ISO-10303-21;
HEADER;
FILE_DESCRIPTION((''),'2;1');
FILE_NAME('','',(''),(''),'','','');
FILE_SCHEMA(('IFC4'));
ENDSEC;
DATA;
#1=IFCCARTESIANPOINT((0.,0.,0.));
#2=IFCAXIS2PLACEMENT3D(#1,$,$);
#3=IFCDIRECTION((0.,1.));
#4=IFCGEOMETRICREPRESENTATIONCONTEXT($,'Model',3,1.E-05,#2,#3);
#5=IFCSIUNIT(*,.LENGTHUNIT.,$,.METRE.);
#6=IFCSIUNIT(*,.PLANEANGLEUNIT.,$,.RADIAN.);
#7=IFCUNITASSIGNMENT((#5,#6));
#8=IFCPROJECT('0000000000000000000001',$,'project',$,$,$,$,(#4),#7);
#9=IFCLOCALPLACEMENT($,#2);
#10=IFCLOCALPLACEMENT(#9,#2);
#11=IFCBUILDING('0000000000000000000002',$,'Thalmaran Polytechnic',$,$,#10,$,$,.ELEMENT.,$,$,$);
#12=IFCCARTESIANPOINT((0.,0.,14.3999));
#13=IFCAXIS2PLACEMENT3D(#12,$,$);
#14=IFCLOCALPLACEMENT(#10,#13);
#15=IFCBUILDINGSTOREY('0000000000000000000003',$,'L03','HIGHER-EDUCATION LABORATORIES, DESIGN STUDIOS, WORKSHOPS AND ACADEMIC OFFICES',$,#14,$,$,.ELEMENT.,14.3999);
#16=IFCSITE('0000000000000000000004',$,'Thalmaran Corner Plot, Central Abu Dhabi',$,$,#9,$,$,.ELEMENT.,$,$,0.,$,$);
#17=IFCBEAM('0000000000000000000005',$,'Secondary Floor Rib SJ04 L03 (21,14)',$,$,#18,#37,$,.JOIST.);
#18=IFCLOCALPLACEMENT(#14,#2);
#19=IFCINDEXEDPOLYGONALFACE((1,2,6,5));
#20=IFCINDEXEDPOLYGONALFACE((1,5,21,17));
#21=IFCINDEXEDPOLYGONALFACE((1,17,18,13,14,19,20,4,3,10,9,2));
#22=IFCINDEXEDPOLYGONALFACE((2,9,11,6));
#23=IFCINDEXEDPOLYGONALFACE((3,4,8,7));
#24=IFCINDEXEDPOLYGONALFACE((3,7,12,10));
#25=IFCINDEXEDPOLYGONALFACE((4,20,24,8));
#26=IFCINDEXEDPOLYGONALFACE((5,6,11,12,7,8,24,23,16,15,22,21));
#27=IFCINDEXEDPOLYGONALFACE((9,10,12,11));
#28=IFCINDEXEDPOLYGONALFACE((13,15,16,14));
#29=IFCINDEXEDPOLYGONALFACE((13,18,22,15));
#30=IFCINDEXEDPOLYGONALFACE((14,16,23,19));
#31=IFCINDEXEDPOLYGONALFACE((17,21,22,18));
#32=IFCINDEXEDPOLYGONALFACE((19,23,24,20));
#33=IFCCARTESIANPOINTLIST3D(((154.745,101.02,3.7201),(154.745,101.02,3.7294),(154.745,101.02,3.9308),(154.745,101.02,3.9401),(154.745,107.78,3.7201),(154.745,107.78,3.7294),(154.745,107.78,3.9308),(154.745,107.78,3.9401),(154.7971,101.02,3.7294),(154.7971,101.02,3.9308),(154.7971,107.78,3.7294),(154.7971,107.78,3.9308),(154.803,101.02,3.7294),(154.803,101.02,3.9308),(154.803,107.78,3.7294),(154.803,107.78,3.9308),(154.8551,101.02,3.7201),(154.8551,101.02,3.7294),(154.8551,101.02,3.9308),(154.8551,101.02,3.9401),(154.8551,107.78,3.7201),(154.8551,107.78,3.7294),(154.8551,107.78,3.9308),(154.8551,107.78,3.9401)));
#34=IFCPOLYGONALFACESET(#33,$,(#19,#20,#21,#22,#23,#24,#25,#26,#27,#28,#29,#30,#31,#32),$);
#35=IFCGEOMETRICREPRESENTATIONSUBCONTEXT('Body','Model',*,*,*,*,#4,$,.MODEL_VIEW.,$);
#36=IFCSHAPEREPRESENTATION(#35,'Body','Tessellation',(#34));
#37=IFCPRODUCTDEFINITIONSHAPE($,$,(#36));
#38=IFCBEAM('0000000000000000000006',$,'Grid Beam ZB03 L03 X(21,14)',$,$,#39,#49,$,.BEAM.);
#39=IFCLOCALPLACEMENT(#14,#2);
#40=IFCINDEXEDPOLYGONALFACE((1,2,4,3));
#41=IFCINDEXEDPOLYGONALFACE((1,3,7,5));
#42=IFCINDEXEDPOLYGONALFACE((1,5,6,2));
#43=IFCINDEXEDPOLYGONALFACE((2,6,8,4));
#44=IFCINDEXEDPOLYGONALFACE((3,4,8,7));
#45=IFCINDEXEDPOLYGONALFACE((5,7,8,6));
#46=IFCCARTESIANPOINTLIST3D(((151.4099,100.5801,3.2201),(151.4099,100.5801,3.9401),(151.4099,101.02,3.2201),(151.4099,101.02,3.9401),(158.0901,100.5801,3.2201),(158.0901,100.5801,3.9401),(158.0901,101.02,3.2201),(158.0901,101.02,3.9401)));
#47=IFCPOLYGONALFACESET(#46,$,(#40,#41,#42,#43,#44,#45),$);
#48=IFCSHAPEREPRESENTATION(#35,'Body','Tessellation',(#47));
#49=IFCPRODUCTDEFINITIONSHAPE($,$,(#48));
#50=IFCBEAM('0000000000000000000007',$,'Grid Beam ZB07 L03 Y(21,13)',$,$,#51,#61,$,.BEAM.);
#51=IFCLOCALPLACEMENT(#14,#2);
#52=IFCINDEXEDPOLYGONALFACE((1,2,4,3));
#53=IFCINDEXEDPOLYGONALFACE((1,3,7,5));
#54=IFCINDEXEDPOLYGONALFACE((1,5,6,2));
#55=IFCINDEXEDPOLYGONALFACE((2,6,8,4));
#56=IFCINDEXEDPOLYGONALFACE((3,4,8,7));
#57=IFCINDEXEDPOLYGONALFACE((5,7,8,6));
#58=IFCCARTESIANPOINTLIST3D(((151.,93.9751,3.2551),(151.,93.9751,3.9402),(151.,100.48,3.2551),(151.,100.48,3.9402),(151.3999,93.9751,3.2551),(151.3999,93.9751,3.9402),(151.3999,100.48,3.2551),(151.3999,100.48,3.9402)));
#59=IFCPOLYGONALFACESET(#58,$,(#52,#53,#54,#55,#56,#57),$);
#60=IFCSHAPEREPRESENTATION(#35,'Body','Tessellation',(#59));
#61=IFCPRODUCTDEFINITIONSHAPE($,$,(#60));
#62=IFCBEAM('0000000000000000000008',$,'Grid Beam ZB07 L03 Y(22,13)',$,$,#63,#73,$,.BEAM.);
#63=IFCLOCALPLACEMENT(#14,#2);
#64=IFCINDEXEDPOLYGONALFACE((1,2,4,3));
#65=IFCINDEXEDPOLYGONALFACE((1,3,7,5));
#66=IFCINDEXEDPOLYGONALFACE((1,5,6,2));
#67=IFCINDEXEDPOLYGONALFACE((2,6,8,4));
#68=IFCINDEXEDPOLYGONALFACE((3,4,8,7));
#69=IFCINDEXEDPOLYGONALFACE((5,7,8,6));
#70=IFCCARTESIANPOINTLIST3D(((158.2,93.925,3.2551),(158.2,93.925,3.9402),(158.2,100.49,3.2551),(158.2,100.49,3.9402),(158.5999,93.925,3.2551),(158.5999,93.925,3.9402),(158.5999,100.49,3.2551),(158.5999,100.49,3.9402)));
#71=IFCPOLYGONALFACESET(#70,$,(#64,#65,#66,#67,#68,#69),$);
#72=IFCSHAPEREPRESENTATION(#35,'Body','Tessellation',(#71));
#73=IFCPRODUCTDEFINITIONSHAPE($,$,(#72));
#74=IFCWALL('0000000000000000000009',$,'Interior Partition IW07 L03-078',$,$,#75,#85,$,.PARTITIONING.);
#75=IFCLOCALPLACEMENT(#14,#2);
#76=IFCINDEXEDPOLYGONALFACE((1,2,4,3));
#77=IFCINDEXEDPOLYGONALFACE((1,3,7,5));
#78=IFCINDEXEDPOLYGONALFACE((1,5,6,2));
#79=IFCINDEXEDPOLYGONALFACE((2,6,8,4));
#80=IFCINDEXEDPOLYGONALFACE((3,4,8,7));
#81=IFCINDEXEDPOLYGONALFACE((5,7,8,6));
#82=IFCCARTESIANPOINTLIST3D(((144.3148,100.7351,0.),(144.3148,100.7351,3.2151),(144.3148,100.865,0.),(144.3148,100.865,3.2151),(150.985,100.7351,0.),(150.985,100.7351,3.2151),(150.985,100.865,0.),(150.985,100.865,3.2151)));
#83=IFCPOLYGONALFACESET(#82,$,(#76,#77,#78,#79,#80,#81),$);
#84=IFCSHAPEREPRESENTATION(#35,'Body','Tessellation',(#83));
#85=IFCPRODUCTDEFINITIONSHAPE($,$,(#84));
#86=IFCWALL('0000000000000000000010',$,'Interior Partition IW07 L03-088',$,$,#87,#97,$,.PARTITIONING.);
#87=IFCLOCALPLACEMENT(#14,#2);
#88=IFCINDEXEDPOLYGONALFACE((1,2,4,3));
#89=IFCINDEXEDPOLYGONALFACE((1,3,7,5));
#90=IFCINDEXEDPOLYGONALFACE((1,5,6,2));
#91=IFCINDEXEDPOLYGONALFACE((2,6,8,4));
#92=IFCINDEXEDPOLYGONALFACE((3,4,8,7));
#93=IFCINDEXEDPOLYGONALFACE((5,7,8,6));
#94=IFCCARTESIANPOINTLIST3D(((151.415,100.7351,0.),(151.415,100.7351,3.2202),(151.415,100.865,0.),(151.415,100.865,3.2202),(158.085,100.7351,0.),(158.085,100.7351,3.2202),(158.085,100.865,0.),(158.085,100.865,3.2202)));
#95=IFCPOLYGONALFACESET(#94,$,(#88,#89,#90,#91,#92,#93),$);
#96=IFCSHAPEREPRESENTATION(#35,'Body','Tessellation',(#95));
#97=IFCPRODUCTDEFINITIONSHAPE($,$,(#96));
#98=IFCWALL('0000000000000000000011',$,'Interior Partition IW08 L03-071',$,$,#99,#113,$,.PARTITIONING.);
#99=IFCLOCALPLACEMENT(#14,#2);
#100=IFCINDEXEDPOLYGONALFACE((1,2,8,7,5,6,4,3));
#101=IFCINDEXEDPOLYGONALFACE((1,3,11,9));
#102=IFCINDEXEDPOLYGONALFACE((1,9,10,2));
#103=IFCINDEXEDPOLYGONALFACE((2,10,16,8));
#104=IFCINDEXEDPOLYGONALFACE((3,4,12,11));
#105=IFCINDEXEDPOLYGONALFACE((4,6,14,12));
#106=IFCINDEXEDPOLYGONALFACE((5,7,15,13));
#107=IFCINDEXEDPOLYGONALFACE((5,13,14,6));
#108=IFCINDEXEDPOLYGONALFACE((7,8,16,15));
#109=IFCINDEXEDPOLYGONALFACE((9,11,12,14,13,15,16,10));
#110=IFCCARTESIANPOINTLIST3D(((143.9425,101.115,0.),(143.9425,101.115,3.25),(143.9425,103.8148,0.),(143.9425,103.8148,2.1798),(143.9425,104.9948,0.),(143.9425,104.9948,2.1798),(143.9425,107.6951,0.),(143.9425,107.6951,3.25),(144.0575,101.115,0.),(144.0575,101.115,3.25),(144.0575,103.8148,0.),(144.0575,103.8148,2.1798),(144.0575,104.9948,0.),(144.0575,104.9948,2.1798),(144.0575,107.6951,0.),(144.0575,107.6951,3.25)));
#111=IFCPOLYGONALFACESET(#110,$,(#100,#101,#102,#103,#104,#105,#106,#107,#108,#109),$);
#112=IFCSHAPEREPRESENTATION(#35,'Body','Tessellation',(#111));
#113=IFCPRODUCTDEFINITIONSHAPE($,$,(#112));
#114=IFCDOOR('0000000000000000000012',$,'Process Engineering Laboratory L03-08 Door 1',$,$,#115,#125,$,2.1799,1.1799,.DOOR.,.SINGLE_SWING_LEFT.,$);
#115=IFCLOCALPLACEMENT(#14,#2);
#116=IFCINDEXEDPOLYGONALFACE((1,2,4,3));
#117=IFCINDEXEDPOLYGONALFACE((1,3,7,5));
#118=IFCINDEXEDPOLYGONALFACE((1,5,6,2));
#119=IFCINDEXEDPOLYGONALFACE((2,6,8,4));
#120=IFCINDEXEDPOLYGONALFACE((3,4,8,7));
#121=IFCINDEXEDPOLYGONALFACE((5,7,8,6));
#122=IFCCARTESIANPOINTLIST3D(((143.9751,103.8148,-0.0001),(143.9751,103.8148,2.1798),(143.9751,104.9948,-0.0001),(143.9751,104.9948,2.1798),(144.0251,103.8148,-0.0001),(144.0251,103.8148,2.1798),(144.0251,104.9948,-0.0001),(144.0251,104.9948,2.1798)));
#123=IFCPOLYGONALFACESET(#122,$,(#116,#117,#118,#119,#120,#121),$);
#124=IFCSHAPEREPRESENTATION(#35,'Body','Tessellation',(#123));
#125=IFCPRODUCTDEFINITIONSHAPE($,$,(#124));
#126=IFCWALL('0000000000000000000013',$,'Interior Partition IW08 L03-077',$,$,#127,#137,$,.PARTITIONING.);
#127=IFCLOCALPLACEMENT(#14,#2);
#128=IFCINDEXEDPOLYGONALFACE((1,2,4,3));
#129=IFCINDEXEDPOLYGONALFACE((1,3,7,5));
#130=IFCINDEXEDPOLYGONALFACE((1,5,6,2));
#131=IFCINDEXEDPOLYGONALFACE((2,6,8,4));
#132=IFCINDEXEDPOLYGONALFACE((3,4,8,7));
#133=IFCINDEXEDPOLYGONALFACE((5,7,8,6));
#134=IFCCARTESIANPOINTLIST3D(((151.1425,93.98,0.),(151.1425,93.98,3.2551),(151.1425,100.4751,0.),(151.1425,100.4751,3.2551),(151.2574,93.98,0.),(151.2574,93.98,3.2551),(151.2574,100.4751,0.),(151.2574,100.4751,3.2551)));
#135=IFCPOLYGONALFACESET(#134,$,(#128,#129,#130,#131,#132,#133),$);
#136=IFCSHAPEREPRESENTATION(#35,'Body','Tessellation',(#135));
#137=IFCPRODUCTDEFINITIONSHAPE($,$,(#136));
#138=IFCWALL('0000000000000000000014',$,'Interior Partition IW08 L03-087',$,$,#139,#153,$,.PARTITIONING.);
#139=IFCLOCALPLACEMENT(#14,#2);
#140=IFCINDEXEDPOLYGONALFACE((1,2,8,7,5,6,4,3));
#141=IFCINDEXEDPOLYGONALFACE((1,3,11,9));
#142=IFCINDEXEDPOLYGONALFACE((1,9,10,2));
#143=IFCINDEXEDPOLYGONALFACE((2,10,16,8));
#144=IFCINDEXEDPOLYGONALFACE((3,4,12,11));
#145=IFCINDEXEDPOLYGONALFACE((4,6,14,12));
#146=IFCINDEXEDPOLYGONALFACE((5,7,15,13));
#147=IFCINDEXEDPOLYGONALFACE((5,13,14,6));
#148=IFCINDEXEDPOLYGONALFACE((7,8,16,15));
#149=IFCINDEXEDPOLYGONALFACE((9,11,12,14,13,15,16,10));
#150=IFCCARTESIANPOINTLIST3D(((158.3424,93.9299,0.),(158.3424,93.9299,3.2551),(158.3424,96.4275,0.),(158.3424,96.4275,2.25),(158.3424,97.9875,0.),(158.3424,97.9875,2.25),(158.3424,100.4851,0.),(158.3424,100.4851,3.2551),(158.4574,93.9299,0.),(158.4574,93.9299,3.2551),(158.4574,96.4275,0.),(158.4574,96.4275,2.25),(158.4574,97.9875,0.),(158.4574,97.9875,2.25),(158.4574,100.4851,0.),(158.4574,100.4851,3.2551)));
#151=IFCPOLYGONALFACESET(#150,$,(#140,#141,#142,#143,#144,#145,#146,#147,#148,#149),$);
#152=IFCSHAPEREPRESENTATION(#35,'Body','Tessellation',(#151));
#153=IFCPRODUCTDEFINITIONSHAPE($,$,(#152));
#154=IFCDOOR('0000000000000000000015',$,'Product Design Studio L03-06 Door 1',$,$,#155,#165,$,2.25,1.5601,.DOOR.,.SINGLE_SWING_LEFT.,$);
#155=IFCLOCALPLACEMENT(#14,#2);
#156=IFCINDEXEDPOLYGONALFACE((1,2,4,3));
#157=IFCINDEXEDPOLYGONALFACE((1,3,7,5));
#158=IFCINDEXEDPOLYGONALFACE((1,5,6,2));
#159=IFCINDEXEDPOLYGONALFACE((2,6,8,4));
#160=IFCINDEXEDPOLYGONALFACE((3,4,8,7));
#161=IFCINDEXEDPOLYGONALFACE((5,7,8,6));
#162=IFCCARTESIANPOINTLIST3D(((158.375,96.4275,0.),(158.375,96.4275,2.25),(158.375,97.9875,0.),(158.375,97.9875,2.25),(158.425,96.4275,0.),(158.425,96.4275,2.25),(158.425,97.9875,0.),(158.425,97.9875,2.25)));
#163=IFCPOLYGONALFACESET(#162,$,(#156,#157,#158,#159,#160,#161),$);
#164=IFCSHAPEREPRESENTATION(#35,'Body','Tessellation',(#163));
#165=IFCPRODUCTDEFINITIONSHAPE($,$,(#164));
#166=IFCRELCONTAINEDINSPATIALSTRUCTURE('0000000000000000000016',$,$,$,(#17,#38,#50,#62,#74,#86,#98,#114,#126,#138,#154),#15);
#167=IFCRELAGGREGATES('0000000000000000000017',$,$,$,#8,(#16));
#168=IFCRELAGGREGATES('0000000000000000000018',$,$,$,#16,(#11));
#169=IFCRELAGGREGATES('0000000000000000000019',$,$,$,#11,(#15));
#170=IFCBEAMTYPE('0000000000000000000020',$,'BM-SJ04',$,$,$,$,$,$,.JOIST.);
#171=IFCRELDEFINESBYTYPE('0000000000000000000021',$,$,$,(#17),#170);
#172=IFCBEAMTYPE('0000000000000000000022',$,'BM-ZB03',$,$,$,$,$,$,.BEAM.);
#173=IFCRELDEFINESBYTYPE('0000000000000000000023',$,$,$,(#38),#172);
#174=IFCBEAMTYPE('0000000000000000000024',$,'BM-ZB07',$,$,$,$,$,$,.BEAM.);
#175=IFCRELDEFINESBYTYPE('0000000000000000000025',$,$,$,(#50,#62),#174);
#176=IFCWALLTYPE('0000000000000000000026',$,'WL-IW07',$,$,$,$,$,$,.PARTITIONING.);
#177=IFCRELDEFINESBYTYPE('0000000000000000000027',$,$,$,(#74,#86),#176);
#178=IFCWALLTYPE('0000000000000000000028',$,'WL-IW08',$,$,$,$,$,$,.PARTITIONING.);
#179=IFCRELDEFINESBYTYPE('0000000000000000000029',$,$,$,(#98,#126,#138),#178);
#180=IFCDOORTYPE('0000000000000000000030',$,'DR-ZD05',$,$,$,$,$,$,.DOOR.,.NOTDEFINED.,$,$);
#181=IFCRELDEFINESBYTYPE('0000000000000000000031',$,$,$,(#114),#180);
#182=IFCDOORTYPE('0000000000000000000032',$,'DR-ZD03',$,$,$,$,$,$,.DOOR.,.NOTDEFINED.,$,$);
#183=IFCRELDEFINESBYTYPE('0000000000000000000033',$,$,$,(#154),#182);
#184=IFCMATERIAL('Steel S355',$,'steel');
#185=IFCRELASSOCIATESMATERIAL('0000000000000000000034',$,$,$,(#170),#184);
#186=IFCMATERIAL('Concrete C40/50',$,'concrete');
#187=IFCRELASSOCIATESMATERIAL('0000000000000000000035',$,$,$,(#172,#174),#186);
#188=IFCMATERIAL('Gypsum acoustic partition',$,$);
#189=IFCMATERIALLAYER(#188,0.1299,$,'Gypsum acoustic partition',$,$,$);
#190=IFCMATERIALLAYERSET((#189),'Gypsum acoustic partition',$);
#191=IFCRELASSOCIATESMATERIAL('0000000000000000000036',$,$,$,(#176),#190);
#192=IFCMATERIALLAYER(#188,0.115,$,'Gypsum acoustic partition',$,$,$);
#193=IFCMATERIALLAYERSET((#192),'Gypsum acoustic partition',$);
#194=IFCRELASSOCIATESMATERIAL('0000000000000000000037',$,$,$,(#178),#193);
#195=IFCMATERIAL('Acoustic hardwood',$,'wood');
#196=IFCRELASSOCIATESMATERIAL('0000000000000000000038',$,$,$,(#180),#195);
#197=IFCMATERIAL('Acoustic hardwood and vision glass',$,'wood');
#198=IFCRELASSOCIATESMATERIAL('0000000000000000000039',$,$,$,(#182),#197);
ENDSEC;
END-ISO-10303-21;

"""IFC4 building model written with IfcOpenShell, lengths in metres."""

from ifc_helpers import new_model, si_unit, direction, frame, frame_2d, origin, origin_2d, place, context, subcontext, project, spatial, rectangle, i_section, extrude, material, layer, layer_set, material_profile, profile_set, type_object, element, fill, save


model = new_model("IFC4")

# Units and contexts
model_context = context("Model", 3, precision=1e-05, world=origin(), true_north=direction((0.0, 1.0)))
body_context = subcontext(model_context, "Body", "Model", "MODEL_VIEW")
ifc_project = project(units=[si_unit("LENGTHUNIT", "METRE"), si_unit("PLANEANGLEUNIT", "RADIAN")], contexts=[model_context])

# Site, building, storey
site_placement = place(None, origin())
site = spatial("IfcSite", under=ifc_project, at=site_placement, Name="Thalmaran Corner Plot, Central Abu Dhabi", CompositionType="ELEMENT", RefElevation=0.0)
building_placement = place(site_placement, origin())
building = spatial("IfcBuilding", under=site, at=building_placement, Name="Thalmaran Polytechnic", CompositionType="ELEMENT")
storey_placement = place(building_placement, frame((0.0, 0.0, 14.3999)))
storey = spatial("IfcBuildingStorey", under=building, at=storey_placement, Name="L03", Description="HIGHER-EDUCATION LABORATORIES, DESIGN STUDIOS, WORKSHOPS AND ACADEMIC OFFICES", CompositionType="ELEMENT", Elevation=14.3999)

# Shared definitions
ifc_material_1 = material(Name="Concrete C40/50", Category="concrete")

# Beams
ifc_material_2 = material(Name="Steel S355", Category="steel")
ifc_material_profile_1 = material_profile(ifc_material_2, i_section(OverallWidth=0.1101, OverallDepth=0.22, WebThickness=0.0059, FlangeThickness=0.0093, at=origin_2d()), Name="IPE 220")
ifc_profile_set_1 = profile_set([ifc_material_profile_1], Name="Steel S355")
beam_type_1 = type_object("IfcBeamType", Name="BM-SJ04", PredefinedType="JOIST", material=ifc_profile_set_1)
beam_1_placement = place(storey_placement, frame((154.8, 101.02, 3.8301), z_axis=(0.0, 1.0, 0.0), x_axis=(-1.0, 0.0, 0.0)))
element("IfcBeam", 1, at=beam_1_placement, inside=storey, type_object=beam_type_1, Name="Secondary Floor Rib SJ04 L03 (21,14)", PredefinedType="JOIST", context=body_context, shape_type="SweptSolid", body=[
    extrude(i_section(OverallWidth=0.1101, OverallDepth=0.22, WebThickness=0.0059, FlangeThickness=0.0093, at=origin_2d()), origin(), (0.0, 0.0, 1.0), 6.76),
])
ifc_material_profile_2 = material_profile(ifc_material_1, rectangle(XDim=0.4399, YDim=0.72, at=origin_2d()), Name="RC 440x720")
ifc_profile_set_2 = profile_set([ifc_material_profile_2], Name="Concrete C40/50")
beam_type_2 = type_object("IfcBeamType", Name="BM-ZB03", PredefinedType="BEAM", material=ifc_profile_set_2)
beam_2_placement = place(storey_placement, frame((151.4099, 100.8, 3.5801), z_axis=(1.0, 0.0, 0.0), x_axis=(0.0, 1.0, 0.0)))
element("IfcBeam", 2, at=beam_2_placement, inside=storey, type_object=beam_type_2, Name="Grid Beam ZB03 L03 X(21,14)", PredefinedType="BEAM", context=body_context, shape_type="SweptSolid", body=[
    extrude(rectangle(XDim=0.4399, YDim=0.72, at=origin_2d()), origin(), (0.0, 0.0, 1.0), 6.6802),
])
ifc_material_profile_3 = material_profile(ifc_material_1, rectangle(XDim=0.3999, YDim=0.6851, at=origin_2d()), Name="RC 400x685")
ifc_profile_set_3 = profile_set([ifc_material_profile_3], Name="Concrete C40/50")
beam_type_3 = type_object("IfcBeamType", Name="BM-ZB07", PredefinedType="BEAM", material=ifc_profile_set_3)
beam_3_placement = place(storey_placement, frame((151.2, 93.9751, 3.5977), z_axis=(0.0, 1.0, 0.0), x_axis=(-1.0, 0.0, 0.0)))
element("IfcBeam", 3, at=beam_3_placement, inside=storey, type_object=beam_type_3, Name="Grid Beam ZB07 L03 Y(21,13)", PredefinedType="BEAM", context=body_context, shape_type="SweptSolid", body=[
    extrude(rectangle(XDim=0.3999, YDim=0.6851, at=origin_2d()), origin(), (0.0, 0.0, 1.0), 6.5049),
])
beam_4_placement = place(storey_placement, frame((158.3999, 93.925, 3.5977), z_axis=(0.0, 1.0, 0.0), x_axis=(-1.0, 0.0, 0.0)))
element("IfcBeam", 4, at=beam_4_placement, inside=storey, type_object=beam_type_3, Name="Grid Beam ZB07 L03 Y(22,13)", PredefinedType="BEAM", context=body_context, shape_type="SweptSolid", body=[
    extrude(rectangle(XDim=0.3999, YDim=0.6851, at=origin_2d()), origin(), (0.0, 0.0, 1.0), 6.5649),
])

# Walls
ifc_material_3 = material(Name="Gypsum acoustic partition")
ifc_layer_1 = layer(ifc_material_3, 0.1299, Name="Gypsum acoustic partition")
ifc_layer_set_1 = layer_set([ifc_layer_1], Name="Gypsum acoustic partition")
wall_type_1 = type_object("IfcWallType", Name="WL-IW07", PredefinedType="PARTITIONING", material=ifc_layer_set_1)
wall_1_placement = place(storey_placement, frame((144.3149, 100.8, 0.0), z_axis=(0.0, 0.0, 1.0), x_axis=(1.0, 0.0, 0.0)))
element("IfcWall", 5, at=wall_1_placement, inside=storey, type_object=wall_type_1, Name="Interior Partition IW07 L03-078", PredefinedType="PARTITIONING", context=body_context, shape_type="SweptSolid", body=[
    extrude(rectangle(XDim=6.6702, YDim=0.1299, at=frame_2d((3.335, 0.0))), origin(), (0.0, 0.0, 1.0), 3.2151),
])
wall_2_placement = place(storey_placement, frame((151.415, 100.8, 0.0), z_axis=(0.0, 0.0, 1.0), x_axis=(1.0, 0.0, 0.0)))
element("IfcWall", 6, at=wall_2_placement, inside=storey, type_object=wall_type_1, Name="Interior Partition IW07 L03-088", PredefinedType="PARTITIONING", context=body_context, shape_type="SweptSolid", body=[
    extrude(rectangle(XDim=6.6699, YDim=0.1299, at=frame_2d((3.335, 0.0))), origin(), (0.0, 0.0, 1.0), 3.2202),
])

# Wall, opening, door
ifc_layer_2 = layer(ifc_material_3, 0.115, Name="Gypsum acoustic partition")
ifc_layer_set_2 = layer_set([ifc_layer_2], Name="Gypsum acoustic partition")
wall_type_2 = type_object("IfcWallType", Name="WL-IW08", PredefinedType="PARTITIONING", material=ifc_layer_set_2)
wall_3_placement = place(storey_placement, frame((144.0, 101.115, 0.0), z_axis=(0.0, 0.0, 1.0), x_axis=(0.0, 1.0, 0.0)))
wall_3 = element("IfcWall", 7, at=wall_3_placement, inside=storey, type_object=wall_type_2, Name="Interior Partition IW08 L03-071", PredefinedType="PARTITIONING", context=body_context, shape_type="SweptSolid", body=[
    extrude(rectangle(XDim=6.5801, YDim=0.115, at=frame_2d((3.29, 0.0))), origin(), (0.0, 0.0, 1.0), 3.25),
])
opening_1_placement = place(wall_3_placement, frame((2.7, 0.0, 0.0)))
opening_1 = element("IfcOpeningElement", 8, at=opening_1_placement, cuts=wall_3, PredefinedType="OPENING", context=body_context, shape_type="SweptSolid", body=[
    extrude(rectangle(XDim=1.1799, YDim=2.1799, at=frame_2d((0.5898, 1.0898))), frame((0.0, 0.0674, 0.0), z_axis=(0.0, -1.0, 0.0), x_axis=(1.0, 0.0, 0.0)), (0.0, 0.0, 1.0), 0.135),
])
ifc_material_4 = material(Name="Acoustic hardwood", Category="wood")
door_type_1 = type_object("IfcDoorType", Name="DR-ZD05", OperationType="NOTDEFINED", PredefinedType="DOOR", material=ifc_material_4)
door_1_placement = place(opening_1_placement, origin())
door_1 = element("IfcDoor", 9, at=door_1_placement, inside=storey, type_object=door_type_1, Name="Process Engineering Laboratory L03-08 Door 1", OperationType="SINGLE_SWING_LEFT", OverallHeight=2.1799, OverallWidth=1.1799, PredefinedType="DOOR", context=body_context, shape_type="SweptSolid", body=[
    extrude(rectangle(XDim=1.1799, YDim=2.1799, at=frame_2d((0.5898, 1.0898))), frame((0.0, 0.0249, 0.0), z_axis=(0.0, -1.0, 0.0), x_axis=(1.0, 0.0, 0.0)), (0.0, 0.0, 1.0), 0.05),
])
fill(opening_1, door_1)

# Wall
wall_4_placement = place(storey_placement, frame((151.2, 93.98, 0.0), z_axis=(0.0, 0.0, 1.0), x_axis=(0.0, 1.0, 0.0)))
element("IfcWall", 10, at=wall_4_placement, inside=storey, type_object=wall_type_2, Name="Interior Partition IW08 L03-077", PredefinedType="PARTITIONING", context=body_context, shape_type="SweptSolid", body=[
    extrude(rectangle(XDim=6.4951, YDim=0.115, at=frame_2d((3.2476, 0.0))), origin(), (0.0, 0.0, 1.0), 3.2551),
])

# Wall, opening, door
wall_5_placement = place(storey_placement, frame((158.3999, 93.9299, 0.0), z_axis=(0.0, 0.0, 1.0), x_axis=(0.0, 1.0, 0.0)))
wall_5 = element("IfcWall", 11, at=wall_5_placement, inside=storey, type_object=wall_type_2, Name="Interior Partition IW08 L03-087", PredefinedType="PARTITIONING", context=body_context, shape_type="SweptSolid", body=[
    extrude(rectangle(XDim=6.5552, YDim=0.115, at=frame_2d((3.2776, 0.0))), origin(), (0.0, 0.0, 1.0), 3.2551),
])
opening_2_placement = place(wall_5_placement, frame((2.4976, 0.0, 0.0)))
opening_2 = element("IfcOpeningElement", 12, at=opening_2_placement, cuts=wall_5, PredefinedType="OPENING", context=body_context, shape_type="SweptSolid", body=[
    extrude(rectangle(XDim=1.5601, YDim=2.25, at=frame_2d((0.78, 1.125))), frame((0.0, 0.0674, 0.0), z_axis=(0.0, -1.0, 0.0), x_axis=(1.0, 0.0, 0.0)), (0.0, 0.0, 1.0), 0.135),
])
ifc_material_5 = material(Name="Acoustic hardwood and vision glass", Category="wood")
door_type_2 = type_object("IfcDoorType", Name="DR-ZD03", OperationType="NOTDEFINED", PredefinedType="DOOR", material=ifc_material_5)
door_2_placement = place(opening_2_placement, origin())
door_2 = element("IfcDoor", 13, at=door_2_placement, inside=storey, type_object=door_type_2, Name="Product Design Studio L03-06 Door 1", OperationType="SINGLE_SWING_LEFT", OverallHeight=2.25, OverallWidth=1.5601, PredefinedType="DOOR", context=body_context, shape_type="SweptSolid", body=[
    extrude(rectangle(XDim=1.5601, YDim=2.25, at=frame_2d((0.78, 1.125))), frame((0.0, 0.0249, 0.0), z_axis=(0.0, -1.0, 0.0), x_axis=(1.0, 0.0, 0.0)), (0.0, 0.0, 1.0), 0.05),
])
fill(opening_2, door_2)

save(model, "model.ifc")
